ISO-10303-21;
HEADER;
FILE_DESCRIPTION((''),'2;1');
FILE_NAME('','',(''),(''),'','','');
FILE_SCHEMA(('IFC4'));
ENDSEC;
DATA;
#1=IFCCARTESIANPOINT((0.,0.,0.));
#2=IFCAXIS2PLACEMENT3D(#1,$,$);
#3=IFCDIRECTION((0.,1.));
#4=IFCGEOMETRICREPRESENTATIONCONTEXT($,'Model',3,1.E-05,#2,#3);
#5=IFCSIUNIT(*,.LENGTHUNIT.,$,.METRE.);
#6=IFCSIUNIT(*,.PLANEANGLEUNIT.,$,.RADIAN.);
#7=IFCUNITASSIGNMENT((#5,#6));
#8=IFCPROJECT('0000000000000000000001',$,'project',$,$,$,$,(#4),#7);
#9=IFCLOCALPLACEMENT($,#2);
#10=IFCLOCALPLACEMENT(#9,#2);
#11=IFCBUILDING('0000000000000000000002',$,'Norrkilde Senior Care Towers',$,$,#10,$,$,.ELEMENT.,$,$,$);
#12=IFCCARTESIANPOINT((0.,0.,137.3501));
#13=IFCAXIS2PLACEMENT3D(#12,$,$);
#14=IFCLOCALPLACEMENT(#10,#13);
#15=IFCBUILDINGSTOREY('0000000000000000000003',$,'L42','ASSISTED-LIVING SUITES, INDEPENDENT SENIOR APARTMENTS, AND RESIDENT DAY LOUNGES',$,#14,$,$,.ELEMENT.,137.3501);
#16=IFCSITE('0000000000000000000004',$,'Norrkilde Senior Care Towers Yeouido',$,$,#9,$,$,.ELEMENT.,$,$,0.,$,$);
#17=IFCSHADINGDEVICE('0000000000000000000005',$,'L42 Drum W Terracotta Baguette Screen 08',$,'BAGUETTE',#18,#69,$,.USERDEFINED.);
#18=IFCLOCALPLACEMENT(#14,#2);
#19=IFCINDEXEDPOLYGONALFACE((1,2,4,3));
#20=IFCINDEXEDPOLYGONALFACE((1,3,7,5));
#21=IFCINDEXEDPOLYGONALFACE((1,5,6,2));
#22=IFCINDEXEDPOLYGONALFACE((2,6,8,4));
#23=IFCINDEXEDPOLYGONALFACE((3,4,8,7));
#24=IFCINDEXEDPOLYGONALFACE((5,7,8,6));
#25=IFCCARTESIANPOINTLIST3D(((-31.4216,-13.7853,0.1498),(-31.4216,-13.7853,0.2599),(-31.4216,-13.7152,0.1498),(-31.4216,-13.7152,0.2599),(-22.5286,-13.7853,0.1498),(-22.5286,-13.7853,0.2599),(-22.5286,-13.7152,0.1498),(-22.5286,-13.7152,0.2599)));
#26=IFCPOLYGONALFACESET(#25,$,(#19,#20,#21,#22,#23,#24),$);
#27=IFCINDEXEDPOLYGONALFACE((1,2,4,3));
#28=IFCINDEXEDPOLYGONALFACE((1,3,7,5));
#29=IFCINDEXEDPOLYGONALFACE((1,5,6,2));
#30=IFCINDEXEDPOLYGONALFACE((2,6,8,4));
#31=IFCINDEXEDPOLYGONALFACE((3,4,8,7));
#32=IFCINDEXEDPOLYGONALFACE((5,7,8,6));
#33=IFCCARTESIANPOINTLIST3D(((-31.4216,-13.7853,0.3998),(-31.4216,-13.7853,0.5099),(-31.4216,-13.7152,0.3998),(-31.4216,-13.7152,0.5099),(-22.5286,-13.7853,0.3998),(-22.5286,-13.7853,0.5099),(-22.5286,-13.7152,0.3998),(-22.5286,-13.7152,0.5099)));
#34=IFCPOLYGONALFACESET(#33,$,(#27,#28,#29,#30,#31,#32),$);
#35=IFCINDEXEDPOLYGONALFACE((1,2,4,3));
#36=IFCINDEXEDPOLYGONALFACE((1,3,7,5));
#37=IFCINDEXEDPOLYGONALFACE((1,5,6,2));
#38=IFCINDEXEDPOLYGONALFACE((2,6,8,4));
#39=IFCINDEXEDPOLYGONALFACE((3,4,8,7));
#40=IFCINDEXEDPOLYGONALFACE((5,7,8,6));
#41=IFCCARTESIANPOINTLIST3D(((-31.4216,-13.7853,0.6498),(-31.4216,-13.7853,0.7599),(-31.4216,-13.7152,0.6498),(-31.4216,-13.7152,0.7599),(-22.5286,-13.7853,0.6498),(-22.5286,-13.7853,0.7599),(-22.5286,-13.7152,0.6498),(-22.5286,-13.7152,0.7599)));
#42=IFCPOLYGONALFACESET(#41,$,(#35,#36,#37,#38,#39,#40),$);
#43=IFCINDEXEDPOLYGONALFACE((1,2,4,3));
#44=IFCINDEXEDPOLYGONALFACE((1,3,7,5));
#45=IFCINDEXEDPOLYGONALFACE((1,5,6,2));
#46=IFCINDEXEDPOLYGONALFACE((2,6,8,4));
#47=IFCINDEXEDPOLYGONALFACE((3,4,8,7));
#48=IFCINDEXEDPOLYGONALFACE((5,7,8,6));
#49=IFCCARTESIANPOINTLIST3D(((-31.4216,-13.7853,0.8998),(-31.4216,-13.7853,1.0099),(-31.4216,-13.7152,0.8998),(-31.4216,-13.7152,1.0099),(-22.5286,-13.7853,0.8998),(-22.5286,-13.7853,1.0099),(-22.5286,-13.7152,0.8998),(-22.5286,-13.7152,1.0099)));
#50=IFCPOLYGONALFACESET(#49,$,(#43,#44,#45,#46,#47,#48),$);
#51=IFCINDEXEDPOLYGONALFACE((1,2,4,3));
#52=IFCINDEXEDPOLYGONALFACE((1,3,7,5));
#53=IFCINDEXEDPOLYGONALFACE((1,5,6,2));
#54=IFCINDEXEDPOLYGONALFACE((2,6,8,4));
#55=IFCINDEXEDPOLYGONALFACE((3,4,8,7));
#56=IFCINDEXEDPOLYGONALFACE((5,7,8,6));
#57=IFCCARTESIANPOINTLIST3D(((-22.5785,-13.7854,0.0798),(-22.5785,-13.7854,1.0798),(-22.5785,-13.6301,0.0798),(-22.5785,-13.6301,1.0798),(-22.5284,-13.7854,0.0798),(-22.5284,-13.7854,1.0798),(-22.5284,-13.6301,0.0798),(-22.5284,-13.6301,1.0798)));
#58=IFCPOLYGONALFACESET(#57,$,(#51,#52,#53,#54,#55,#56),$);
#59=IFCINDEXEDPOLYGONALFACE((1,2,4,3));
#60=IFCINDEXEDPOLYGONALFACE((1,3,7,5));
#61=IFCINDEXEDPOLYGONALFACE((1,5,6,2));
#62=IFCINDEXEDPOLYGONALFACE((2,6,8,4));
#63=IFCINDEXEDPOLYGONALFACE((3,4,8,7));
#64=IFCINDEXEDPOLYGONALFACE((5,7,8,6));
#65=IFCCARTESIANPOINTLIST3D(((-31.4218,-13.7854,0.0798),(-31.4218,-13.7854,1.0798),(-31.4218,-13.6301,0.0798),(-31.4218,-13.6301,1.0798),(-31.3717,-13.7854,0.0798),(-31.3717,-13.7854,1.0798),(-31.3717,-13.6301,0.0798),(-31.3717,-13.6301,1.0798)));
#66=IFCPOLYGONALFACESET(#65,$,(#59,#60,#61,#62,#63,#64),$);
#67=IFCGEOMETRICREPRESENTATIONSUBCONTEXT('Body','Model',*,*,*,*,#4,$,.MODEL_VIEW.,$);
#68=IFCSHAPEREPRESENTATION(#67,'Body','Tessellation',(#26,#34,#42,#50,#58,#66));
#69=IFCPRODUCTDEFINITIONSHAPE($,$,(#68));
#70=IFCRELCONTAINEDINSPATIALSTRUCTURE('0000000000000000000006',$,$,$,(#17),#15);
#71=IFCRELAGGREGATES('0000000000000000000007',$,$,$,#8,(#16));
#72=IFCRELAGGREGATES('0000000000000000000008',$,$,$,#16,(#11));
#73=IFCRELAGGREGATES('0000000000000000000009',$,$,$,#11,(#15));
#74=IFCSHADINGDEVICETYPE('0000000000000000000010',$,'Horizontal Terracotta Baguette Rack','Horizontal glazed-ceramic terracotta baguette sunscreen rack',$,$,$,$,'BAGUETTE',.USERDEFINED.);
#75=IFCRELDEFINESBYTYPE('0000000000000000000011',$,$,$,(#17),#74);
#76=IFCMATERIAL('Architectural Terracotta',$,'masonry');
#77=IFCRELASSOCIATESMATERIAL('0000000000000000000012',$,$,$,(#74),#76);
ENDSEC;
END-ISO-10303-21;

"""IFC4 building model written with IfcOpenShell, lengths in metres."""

from ifc_helpers import new_model, si_unit, direction, frame, origin, origin_2d, place, context, subcontext, project, spatial, rectangle, extrude, source, transform, mapped, material, type_object, type_shapes, element, save


model = new_model("IFC4")

# Units and contexts
model_context = context("Model", 3, precision=1e-05, world=origin(), true_north=direction((0.0, 1.0)))
body_context = subcontext(model_context, "Body", "Model", "MODEL_VIEW")
ifc_project = project(units=[si_unit("LENGTHUNIT", "METRE"), si_unit("PLANEANGLEUNIT", "RADIAN")], contexts=[model_context])

# Site, building, storey
site_placement = place(None, origin())
site = spatial("IfcSite", under=ifc_project, at=site_placement, Name="Norrkilde Senior Care Towers Yeouido", CompositionType="ELEMENT", RefElevation=0.0)
building_placement = place(site_placement, origin())
building = spatial("IfcBuilding", under=site, at=building_placement, Name="Norrkilde Senior Care Towers", CompositionType="ELEMENT")
storey_placement = place(building_placement, frame((0.0, 0.0, 137.3501)))
storey = spatial("IfcBuildingStorey", under=building, at=storey_placement, Name="L42", Description="ASSISTED-LIVING SUITES, INDEPENDENT SENIOR APARTMENTS, AND RESIDENT DAY LOUNGES", CompositionType="ELEMENT", Elevation=137.3501)

# Shading device
ifc_material_1 = material(Name="Architectural Terracotta", Category="masonry")
shading_device_type = type_object("IfcShadingDeviceType", Name="Horizontal Terracotta Baguette Rack", Description="Horizontal glazed-ceramic terracotta baguette sunscreen rack", ElementType="BAGUETTE", PredefinedType="USERDEFINED", material=ifc_material_1)
shared_shape_1 = source(origin(), body_context, "Body", "SweptSolid", [
    extrude(rectangle(XDim=0.0701, YDim=0.1101, at=origin_2d()), frame((0.0, 0.0901, 0.125), z_axis=(1.0, 0.0, 0.0), x_axis=(0.0, 1.0, 0.0)), (0.0, 0.0, 1.0), 8.8931),
    extrude(rectangle(XDim=0.0701, YDim=0.1101, at=origin_2d()), frame((0.0, 0.0901, 0.375), z_axis=(1.0, 0.0, 0.0), x_axis=(0.0, 1.0, 0.0)), (0.0, 0.0, 1.0), 8.8931),
    extrude(rectangle(XDim=0.0701, YDim=0.1101, at=origin_2d()), frame((0.0, 0.0901, 0.625), z_axis=(1.0, 0.0, 0.0), x_axis=(0.0, 1.0, 0.0)), (0.0, 0.0, 1.0), 8.8931),
    extrude(rectangle(XDim=0.0701, YDim=0.1101, at=origin_2d()), frame((0.0, 0.0901, 0.875), z_axis=(1.0, 0.0, 0.0), x_axis=(0.0, 1.0, 0.0)), (0.0, 0.0, 1.0), 8.8931),
    extrude(rectangle(XDim=0.05, YDim=0.1553, at=origin_2d()), frame((0.0249, 0.0476, 0.0)), (0.0, 0.0, 1.0), 1.0),
    extrude(rectangle(XDim=0.05, YDim=0.1553, at=origin_2d()), frame((8.8682, 0.0476, 0.0)), (0.0, 0.0, 1.0), 1.0),
])
type_shapes(shading_device_type, [shared_shape_1])
shading_device_placement = place(storey_placement, frame((-22.5286, -13.6602, 0.0798), z_axis=(0.0, 0.0, 1.0), x_axis=(-1.0, 0.0, 0.0)))
element("IfcShadingDevice", 1, at=shading_device_placement, inside=storey, type_object=shading_device_type, Name="L42 Drum W Terracotta Baguette Screen 08", ObjectType="BAGUETTE", PredefinedType="USERDEFINED", context=body_context, shape_type="MappedRepresentation", body=[
    mapped(shared_shape_1, transform((0.0, 0.0, 0.0), x_axis=(1.0, 0.0, 0.0), y_axis=(0.0, 1.0, 0.0), z_axis=(0.0, 0.0, 1.0), scale=1.0)),
])

save(model, "model.ifc")
